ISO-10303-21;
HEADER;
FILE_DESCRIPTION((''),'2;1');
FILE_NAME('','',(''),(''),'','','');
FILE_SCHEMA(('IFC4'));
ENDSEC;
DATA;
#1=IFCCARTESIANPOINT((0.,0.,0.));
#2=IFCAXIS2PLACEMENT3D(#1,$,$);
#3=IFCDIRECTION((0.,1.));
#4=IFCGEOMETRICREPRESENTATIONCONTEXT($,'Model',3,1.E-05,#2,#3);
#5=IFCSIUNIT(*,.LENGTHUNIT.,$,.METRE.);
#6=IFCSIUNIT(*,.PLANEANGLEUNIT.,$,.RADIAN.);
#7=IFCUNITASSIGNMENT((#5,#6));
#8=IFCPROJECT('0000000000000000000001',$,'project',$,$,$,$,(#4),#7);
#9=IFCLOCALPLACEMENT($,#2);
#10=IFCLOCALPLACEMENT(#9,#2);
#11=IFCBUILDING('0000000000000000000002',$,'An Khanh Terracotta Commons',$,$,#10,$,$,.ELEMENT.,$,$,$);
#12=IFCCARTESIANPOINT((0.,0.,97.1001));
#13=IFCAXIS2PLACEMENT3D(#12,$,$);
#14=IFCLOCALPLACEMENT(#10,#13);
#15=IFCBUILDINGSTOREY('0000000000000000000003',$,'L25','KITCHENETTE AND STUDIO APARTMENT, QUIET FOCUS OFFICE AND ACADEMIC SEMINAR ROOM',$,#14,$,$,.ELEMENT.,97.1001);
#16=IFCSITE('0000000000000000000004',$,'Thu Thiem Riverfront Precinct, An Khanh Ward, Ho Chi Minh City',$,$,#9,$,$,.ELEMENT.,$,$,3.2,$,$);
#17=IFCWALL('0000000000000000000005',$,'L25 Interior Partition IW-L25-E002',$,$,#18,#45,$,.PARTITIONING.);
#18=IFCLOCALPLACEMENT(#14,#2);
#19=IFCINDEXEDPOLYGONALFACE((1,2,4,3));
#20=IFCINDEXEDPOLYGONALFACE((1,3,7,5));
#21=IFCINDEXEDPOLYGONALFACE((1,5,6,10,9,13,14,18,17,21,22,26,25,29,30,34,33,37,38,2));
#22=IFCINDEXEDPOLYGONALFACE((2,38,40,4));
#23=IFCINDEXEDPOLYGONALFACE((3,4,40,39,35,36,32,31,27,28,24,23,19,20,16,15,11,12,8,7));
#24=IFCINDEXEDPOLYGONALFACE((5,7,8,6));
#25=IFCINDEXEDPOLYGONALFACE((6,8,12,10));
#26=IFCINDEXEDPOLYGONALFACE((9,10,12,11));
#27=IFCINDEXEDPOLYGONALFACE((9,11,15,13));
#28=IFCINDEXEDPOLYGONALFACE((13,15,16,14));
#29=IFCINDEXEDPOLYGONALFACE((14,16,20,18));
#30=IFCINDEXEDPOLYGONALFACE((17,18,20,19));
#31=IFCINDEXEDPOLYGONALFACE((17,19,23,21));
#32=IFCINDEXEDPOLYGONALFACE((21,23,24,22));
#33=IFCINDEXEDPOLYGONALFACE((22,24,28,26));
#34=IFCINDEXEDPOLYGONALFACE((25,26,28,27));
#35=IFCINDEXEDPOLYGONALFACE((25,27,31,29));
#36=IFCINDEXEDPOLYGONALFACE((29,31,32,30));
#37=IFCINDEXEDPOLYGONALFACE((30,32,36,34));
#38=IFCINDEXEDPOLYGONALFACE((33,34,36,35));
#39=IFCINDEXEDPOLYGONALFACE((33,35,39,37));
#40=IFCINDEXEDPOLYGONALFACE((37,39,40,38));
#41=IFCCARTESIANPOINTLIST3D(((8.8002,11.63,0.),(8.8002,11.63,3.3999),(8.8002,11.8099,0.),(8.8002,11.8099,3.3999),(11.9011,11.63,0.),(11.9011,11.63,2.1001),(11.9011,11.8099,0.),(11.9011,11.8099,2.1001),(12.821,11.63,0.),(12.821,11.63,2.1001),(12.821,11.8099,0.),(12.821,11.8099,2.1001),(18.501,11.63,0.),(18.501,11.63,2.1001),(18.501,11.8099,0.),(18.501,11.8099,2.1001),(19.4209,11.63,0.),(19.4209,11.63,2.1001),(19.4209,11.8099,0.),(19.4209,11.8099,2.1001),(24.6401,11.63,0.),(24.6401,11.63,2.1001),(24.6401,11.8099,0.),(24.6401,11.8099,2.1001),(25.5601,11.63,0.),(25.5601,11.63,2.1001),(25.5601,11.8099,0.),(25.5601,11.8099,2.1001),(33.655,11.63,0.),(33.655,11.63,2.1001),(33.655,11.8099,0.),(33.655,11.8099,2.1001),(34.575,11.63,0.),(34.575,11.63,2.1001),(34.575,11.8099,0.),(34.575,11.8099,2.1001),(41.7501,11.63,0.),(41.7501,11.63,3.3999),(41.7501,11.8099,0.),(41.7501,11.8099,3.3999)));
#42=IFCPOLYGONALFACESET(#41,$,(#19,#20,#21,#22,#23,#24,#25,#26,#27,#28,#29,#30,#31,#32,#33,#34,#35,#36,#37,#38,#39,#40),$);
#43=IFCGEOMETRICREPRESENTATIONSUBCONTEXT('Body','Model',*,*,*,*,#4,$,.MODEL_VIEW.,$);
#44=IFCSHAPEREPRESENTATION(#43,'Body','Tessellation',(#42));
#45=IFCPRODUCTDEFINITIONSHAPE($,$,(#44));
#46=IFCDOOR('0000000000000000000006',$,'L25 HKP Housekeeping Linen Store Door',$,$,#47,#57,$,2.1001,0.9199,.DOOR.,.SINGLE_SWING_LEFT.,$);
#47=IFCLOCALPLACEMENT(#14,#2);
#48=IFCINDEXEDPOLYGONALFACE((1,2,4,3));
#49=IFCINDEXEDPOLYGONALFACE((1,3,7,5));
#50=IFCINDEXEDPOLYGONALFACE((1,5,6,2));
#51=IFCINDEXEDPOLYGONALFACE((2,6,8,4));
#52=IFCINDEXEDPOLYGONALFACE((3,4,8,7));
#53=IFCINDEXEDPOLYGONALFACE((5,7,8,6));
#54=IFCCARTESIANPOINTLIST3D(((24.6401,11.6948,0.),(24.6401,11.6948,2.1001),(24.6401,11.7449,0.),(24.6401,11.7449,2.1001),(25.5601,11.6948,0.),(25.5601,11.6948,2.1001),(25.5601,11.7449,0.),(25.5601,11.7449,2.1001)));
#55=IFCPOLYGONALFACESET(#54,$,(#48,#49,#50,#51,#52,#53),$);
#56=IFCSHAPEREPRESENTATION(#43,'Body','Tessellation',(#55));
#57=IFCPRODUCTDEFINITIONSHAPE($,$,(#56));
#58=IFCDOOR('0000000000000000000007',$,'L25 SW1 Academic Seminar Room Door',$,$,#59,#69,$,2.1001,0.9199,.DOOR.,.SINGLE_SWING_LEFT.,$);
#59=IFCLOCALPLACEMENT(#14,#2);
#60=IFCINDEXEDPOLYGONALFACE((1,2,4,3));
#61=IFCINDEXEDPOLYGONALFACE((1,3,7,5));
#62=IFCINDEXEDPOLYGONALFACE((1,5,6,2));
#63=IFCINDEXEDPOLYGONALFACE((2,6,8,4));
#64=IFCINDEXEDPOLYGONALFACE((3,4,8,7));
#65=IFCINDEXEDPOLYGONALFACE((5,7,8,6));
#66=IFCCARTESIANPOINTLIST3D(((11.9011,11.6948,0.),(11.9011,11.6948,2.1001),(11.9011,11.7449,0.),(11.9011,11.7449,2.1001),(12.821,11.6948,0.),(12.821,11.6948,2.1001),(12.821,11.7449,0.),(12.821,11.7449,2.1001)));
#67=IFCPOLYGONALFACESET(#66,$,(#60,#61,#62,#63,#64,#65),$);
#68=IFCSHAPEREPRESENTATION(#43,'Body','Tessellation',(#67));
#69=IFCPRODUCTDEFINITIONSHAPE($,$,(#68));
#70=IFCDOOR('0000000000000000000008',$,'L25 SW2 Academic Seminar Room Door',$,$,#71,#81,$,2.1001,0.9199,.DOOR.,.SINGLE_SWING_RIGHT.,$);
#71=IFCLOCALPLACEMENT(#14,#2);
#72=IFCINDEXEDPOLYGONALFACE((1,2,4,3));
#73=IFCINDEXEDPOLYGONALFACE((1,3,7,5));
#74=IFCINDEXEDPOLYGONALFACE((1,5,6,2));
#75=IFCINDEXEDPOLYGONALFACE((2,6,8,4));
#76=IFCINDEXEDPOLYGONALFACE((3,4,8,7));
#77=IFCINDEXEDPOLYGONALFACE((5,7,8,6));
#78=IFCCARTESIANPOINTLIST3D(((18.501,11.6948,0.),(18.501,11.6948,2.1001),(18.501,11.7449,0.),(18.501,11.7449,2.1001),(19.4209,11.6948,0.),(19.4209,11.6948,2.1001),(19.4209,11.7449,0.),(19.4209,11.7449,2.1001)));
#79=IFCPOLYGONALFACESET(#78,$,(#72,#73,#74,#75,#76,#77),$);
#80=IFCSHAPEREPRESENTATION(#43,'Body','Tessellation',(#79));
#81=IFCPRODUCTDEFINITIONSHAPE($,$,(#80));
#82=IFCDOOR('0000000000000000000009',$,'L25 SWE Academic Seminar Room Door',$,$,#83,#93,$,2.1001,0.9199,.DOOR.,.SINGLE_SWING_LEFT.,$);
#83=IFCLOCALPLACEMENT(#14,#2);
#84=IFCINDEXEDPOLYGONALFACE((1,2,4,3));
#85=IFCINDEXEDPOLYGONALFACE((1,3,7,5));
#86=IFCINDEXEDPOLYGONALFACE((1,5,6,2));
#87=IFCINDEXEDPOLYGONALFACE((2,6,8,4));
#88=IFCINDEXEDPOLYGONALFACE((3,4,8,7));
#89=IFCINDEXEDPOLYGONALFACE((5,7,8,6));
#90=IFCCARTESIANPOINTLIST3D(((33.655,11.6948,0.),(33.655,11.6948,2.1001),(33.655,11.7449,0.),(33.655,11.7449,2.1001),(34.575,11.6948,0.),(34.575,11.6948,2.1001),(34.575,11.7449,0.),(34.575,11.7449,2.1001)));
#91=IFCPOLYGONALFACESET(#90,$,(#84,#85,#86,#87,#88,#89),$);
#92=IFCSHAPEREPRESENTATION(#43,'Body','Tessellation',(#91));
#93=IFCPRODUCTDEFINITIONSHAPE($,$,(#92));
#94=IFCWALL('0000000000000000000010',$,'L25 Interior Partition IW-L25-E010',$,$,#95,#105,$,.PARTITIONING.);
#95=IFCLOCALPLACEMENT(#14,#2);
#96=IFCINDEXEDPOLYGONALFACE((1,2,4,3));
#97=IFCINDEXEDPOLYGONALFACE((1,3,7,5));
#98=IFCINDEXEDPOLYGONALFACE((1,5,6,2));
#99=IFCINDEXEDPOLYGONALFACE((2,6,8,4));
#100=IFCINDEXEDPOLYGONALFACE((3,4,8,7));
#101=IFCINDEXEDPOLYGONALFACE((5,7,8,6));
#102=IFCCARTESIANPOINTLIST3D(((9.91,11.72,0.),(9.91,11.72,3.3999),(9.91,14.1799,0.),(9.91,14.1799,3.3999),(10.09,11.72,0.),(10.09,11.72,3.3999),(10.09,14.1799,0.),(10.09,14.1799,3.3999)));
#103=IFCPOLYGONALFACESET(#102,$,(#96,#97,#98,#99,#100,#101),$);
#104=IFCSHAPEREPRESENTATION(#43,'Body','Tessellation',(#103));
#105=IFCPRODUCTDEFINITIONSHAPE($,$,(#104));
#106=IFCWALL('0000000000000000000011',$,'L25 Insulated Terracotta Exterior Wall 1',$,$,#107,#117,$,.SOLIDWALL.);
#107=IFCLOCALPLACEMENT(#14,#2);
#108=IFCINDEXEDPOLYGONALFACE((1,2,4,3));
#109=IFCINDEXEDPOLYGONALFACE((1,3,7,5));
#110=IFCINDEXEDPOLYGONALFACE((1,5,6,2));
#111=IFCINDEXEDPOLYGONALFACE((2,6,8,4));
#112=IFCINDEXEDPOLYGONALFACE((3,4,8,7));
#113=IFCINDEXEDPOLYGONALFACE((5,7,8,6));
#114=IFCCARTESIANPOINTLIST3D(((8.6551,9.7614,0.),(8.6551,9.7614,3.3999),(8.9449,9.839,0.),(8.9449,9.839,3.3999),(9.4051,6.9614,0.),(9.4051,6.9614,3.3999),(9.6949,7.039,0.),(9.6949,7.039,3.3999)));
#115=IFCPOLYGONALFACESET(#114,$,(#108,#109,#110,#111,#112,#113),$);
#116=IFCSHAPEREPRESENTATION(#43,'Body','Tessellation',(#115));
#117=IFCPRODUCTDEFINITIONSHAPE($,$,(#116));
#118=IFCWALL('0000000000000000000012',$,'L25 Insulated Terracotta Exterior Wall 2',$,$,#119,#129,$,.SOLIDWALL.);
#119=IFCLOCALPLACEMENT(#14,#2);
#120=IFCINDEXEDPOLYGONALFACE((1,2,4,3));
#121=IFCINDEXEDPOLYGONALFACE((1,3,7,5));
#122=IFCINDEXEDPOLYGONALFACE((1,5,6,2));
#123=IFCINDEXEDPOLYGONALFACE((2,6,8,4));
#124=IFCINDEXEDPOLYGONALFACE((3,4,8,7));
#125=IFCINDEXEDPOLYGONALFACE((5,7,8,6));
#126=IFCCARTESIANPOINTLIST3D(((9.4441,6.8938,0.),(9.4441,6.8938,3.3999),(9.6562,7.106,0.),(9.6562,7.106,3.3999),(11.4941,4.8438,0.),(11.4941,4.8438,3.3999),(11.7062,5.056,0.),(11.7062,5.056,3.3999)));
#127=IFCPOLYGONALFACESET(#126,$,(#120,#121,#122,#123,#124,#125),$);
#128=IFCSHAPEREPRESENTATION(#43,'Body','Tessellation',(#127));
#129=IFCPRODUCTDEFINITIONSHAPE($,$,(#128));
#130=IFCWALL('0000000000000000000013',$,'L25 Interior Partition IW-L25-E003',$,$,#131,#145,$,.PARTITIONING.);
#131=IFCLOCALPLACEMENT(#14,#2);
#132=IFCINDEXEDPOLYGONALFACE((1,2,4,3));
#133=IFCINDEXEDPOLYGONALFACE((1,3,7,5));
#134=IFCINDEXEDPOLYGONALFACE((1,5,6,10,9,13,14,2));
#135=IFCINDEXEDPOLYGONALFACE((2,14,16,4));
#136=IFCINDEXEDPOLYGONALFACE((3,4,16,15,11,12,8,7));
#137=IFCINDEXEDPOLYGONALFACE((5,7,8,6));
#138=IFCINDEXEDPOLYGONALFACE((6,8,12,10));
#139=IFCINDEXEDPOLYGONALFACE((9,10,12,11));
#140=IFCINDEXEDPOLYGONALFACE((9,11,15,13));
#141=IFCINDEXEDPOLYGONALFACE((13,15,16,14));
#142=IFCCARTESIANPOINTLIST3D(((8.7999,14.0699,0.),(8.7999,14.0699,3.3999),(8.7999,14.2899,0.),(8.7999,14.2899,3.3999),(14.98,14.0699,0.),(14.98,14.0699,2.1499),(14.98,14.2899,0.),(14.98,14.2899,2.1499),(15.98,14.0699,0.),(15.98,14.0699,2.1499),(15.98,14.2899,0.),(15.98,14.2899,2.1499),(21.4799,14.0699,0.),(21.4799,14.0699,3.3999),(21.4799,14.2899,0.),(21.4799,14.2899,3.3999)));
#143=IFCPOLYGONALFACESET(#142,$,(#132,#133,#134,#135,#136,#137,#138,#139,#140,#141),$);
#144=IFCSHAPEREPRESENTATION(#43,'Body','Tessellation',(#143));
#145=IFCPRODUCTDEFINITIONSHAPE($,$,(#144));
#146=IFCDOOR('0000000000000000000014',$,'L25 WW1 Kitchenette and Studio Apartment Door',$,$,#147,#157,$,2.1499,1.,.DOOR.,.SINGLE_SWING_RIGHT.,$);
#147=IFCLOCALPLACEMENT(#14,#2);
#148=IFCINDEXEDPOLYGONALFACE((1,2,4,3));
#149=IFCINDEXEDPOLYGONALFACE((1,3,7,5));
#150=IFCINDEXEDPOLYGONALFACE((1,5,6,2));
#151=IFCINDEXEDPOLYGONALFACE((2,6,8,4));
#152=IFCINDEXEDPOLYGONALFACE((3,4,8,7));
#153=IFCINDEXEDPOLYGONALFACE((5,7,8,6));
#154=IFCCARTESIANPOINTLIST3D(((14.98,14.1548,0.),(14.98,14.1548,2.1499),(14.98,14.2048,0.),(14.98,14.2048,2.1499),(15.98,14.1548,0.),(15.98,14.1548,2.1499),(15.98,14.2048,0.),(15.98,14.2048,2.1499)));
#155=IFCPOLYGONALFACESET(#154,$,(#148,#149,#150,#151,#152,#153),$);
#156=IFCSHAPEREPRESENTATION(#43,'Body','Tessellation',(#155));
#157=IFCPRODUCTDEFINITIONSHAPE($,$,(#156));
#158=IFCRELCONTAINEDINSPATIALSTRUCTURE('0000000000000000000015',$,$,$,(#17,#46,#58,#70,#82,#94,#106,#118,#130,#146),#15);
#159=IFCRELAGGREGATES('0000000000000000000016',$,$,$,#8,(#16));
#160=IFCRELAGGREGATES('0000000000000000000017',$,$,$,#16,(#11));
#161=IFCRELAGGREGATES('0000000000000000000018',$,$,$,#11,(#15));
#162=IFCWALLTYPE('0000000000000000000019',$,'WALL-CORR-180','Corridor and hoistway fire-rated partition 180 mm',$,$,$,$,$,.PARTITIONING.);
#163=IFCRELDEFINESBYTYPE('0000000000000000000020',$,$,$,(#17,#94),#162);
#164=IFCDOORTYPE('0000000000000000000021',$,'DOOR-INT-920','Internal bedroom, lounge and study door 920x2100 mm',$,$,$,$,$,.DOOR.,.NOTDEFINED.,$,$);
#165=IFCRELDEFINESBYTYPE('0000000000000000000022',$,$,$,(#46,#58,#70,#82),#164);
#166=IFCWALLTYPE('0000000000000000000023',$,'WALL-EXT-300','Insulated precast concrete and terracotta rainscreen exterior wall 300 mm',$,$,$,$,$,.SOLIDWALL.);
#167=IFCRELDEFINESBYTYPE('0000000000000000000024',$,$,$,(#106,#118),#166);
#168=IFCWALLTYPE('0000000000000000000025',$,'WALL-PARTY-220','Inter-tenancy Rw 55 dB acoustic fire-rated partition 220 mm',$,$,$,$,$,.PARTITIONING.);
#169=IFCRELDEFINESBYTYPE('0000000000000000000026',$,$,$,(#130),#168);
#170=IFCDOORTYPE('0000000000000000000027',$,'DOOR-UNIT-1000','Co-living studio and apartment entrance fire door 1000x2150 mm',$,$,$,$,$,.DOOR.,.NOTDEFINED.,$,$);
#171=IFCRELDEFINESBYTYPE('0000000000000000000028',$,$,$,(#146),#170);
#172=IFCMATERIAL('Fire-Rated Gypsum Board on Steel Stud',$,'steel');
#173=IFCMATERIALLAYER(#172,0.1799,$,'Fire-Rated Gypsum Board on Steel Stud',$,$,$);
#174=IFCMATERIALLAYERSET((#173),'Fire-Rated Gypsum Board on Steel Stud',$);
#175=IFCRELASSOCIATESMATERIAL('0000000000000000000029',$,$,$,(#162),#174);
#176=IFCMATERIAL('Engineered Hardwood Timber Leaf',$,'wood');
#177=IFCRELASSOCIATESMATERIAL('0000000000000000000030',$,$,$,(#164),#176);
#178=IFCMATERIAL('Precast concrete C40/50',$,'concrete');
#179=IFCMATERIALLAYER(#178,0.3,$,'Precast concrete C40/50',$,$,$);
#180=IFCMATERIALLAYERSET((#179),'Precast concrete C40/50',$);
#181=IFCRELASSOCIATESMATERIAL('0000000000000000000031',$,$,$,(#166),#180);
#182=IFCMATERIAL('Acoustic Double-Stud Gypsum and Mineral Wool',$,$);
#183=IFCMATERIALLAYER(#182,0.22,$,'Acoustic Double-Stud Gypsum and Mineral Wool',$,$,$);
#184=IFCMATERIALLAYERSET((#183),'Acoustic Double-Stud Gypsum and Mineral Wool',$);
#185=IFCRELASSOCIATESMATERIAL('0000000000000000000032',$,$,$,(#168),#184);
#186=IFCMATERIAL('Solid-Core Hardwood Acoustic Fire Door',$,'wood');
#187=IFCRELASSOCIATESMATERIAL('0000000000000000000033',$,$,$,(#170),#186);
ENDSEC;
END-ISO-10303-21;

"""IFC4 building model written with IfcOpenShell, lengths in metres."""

from ifc_helpers import new_model, si_unit, direction, frame, frame_2d, origin, place, context, subcontext, project, spatial, rectangle, extrude, material, layer, layer_set, type_object, element, fill, save


model = new_model("IFC4")

# Units and contexts
model_context = context("Model", 3, precision=1e-05, world=origin(), true_north=direction((0.0, 1.0)))
body_context = subcontext(model_context, "Body", "Model", "MODEL_VIEW")
ifc_project = project(units=[si_unit("LENGTHUNIT", "METRE"), si_unit("PLANEANGLEUNIT", "RADIAN")], contexts=[model_context])

# Site, building, storey
site_placement = place(None, origin())
site = spatial("IfcSite", under=ifc_project, at=site_placement, Name="Thu Thiem Riverfront Precinct, An Khanh Ward, Ho Chi Minh City", CompositionType="ELEMENT", RefElevation=3.2)
building_placement = place(site_placement, origin())
building = spatial("IfcBuilding", under=site, at=building_placement, Name="An Khanh Terracotta Commons", CompositionType="ELEMENT")
storey_placement = place(building_placement, frame((0.0, 0.0, 97.1001)))
storey = spatial("IfcBuildingStorey", under=building, at=storey_placement, Name="L25", Description="KITCHENETTE AND STUDIO APARTMENT, QUIET FOCUS OFFICE AND ACADEMIC SEMINAR ROOM", CompositionType="ELEMENT", Elevation=97.1001)

# Shared definitions
ifc_material_1 = material(Name="Precast concrete C40/50", Category="concrete")

# Wall, openings, doors
ifc_material_2 = material(Name="Fire-Rated Gypsum Board on Steel Stud", Category="steel")
ifc_layer_1 = layer(ifc_material_2, 0.1799, Name="Fire-Rated Gypsum Board on Steel Stud")
ifc_layer_set_1 = layer_set([ifc_layer_1], Name="Fire-Rated Gypsum Board on Steel Stud")
wall_type_1 = type_object("IfcWallType", Name="WALL-CORR-180", Description="Corridor and hoistway fire-rated partition 180 mm", PredefinedType="PARTITIONING", material=ifc_layer_set_1)
wall_1_placement = place(storey_placement, frame((8.8, 11.72, 0.0), z_axis=(0.0, 0.0, 1.0), x_axis=(1.0, 0.0, 0.0)))
wall_1 = element("IfcWall", 1, at=wall_1_placement, inside=storey, type_object=wall_type_1, Name="L25 Interior Partition IW-L25-E002", PredefinedType="PARTITIONING", context=body_context, shape_type="SweptSolid", body=[
    extrude(rectangle(XDim=32.95, YDim=0.1799, at=frame_2d((16.4751, 0.0))), origin(), (0.0, 0.0, 1.0), 3.3999),
])
opening_1_placement = place(wall_1_placement, frame((15.8401, 0.0, 0.0)))
opening_1 = element("IfcOpeningElement", 2, at=opening_1_placement, cuts=wall_1, PredefinedType="OPENING", context=body_context, shape_type="SweptSolid", body=[
    extrude(rectangle(XDim=0.9199, YDim=2.1001, at=frame_2d((0.46, 1.05))), frame((0.0, 0.0999, 0.0), z_axis=(0.0, -1.0, 0.0), x_axis=(1.0, 0.0, 0.0)), (0.0, 0.0, 1.0), 0.2),
])
opening_2_placement = place(wall_1_placement, frame((3.1011, 0.0, 0.0)))
opening_2 = element("IfcOpeningElement", 3, at=opening_2_placement, cuts=wall_1, PredefinedType="OPENING", context=body_context, shape_type="SweptSolid", body=[
    extrude(rectangle(XDim=0.9199, YDim=2.1001, at=frame_2d((0.46, 1.05))), frame((0.0, 0.0999, 0.0), z_axis=(0.0, -1.0, 0.0), x_axis=(1.0, 0.0, 0.0)), (0.0, 0.0, 1.0), 0.2),
])
opening_3_placement = place(wall_1_placement, frame((9.7009, 0.0, 0.0)))
opening_3 = element("IfcOpeningElement", 4, at=opening_3_placement, cuts=wall_1, PredefinedType="OPENING", context=body_context, shape_type="SweptSolid", body=[
    extrude(rectangle(XDim=0.9199, YDim=2.1001, at=frame_2d((0.46, 1.05))), frame((0.0, 0.0999, 0.0), z_axis=(0.0, -1.0, 0.0), x_axis=(1.0, 0.0, 0.0)), (0.0, 0.0, 1.0), 0.2),
])
opening_4_placement = place(wall_1_placement, frame((24.855, 0.0, 0.0)))
opening_4 = element("IfcOpeningElement", 5, at=opening_4_placement, cuts=wall_1, PredefinedType="OPENING", context=body_context, shape_type="SweptSolid", body=[
    extrude(rectangle(XDim=0.9199, YDim=2.1001, at=frame_2d((0.46, 1.05))), frame((0.0, 0.0999, 0.0), z_axis=(0.0, -1.0, 0.0), x_axis=(1.0, 0.0, 0.0)), (0.0, 0.0, 1.0), 0.2),
])
ifc_material_3 = material(Name="Engineered Hardwood Timber Leaf", Category="wood")
door_type_1 = type_object("IfcDoorType", Name="DOOR-INT-920", Description="Internal bedroom, lounge and study door 920x2100 mm", OperationType="NOTDEFINED", PredefinedType="DOOR", material=ifc_material_3)
door_1_placement = place(opening_1_placement, origin())
door_1 = element("IfcDoor", 6, at=door_1_placement, inside=storey, type_object=door_type_1, Name="L25 HKP Housekeeping Linen Store Door", OperationType="SINGLE_SWING_LEFT", OverallHeight=2.1001, OverallWidth=0.9199, PredefinedType="DOOR", context=body_context, shape_type="SweptSolid", body=[
    extrude(rectangle(XDim=0.9199, YDim=2.1001, at=frame_2d((0.46, 1.05))), frame((0.0, 0.0249, 0.0), z_axis=(0.0, -1.0, 0.0), x_axis=(1.0, 0.0, 0.0)), (0.0, 0.0, 1.0), 0.05),
])
fill(opening_1, door_1)
door_2_placement = place(opening_2_placement, origin())
door_2 = element("IfcDoor", 7, at=door_2_placement, inside=storey, type_object=door_type_1, Name="L25 SW1 Academic Seminar Room Door", OperationType="SINGLE_SWING_LEFT", OverallHeight=2.1001, OverallWidth=0.9199, PredefinedType="DOOR", context=body_context, shape_type="SweptSolid", body=[
    extrude(rectangle(XDim=0.9199, YDim=2.1001, at=frame_2d((0.46, 1.05))), frame((0.0, 0.0249, 0.0), z_axis=(0.0, -1.0, 0.0), x_axis=(1.0, 0.0, 0.0)), (0.0, 0.0, 1.0), 0.05),
])
fill(opening_2, door_2)
door_3_placement = place(opening_3_placement, origin())
door_3 = element("IfcDoor", 8, at=door_3_placement, inside=storey, type_object=door_type_1, Name="L25 SW2 Academic Seminar Room Door", OperationType="SINGLE_SWING_RIGHT", OverallHeight=2.1001, OverallWidth=0.9199, PredefinedType="DOOR", context=body_context, shape_type="SweptSolid", body=[
    extrude(rectangle(XDim=0.9199, YDim=2.1001, at=frame_2d((0.46, 1.05))), frame((0.0, 0.0249, 0.0), z_axis=(0.0, -1.0, 0.0), x_axis=(1.0, 0.0, 0.0)), (0.0, 0.0, 1.0), 0.05),
])
fill(opening_3, door_3)
door_4_placement = place(opening_4_placement, origin())
door_4 = element("IfcDoor", 9, at=door_4_placement, inside=storey, type_object=door_type_1, Name="L25 SWE Academic Seminar Room Door", OperationType="SINGLE_SWING_LEFT", OverallHeight=2.1001, OverallWidth=0.9199, PredefinedType="DOOR", context=body_context, shape_type="SweptSolid", body=[
    extrude(rectangle(XDim=0.9199, YDim=2.1001, at=frame_2d((0.46, 1.05))), frame((0.0, 0.0249, 0.0), z_axis=(0.0, -1.0, 0.0), x_axis=(1.0, 0.0, 0.0)), (0.0, 0.0, 1.0), 0.05),
])
fill(opening_4, door_4)

# Walls
wall_2_placement = place(storey_placement, frame((10.0, 11.72, 0.0), z_axis=(0.0, 0.0, 1.0), x_axis=(0.0, 1.0, 0.0)))
element("IfcWall", 10, at=wall_2_placement, inside=storey, type_object=wall_type_1, Name="L25 Interior Partition IW-L25-E010", PredefinedType="PARTITIONING", context=body_context, shape_type="SweptSolid", body=[
    extrude(rectangle(XDim=2.46, YDim=0.1799, at=frame_2d((1.23, 0.0))), origin(), (0.0, 0.0, 1.0), 3.3999),
])
ifc_layer_2 = layer(ifc_material_1, 0.3, Name="Precast concrete C40/50")
ifc_layer_set_2 = layer_set([ifc_layer_2], Name="Precast concrete C40/50")
wall_type_2 = type_object("IfcWallType", Name="WALL-EXT-300", Description="Insulated precast concrete and terracotta rainscreen exterior wall 300 mm", PredefinedType="SOLIDWALL", material=ifc_layer_set_2)
wall_3_placement = place(storey_placement, frame((8.8, 9.8, 0.0), z_axis=(0.0, 0.0, 1.0), x_axis=(0.258732, -0.965949, 0.0)))
element("IfcWall", 11, at=wall_3_placement, inside=storey, type_object=wall_type_2, Name="L25 Insulated Terracotta Exterior Wall 1", PredefinedType="SOLIDWALL", context=body_context, shape_type="SweptSolid", body=[
    extrude(rectangle(XDim=2.8987, YDim=0.3, at=frame_2d((1.4492, 0.0))), origin(), (0.0, 0.0, 1.0), 3.3999),
])
wall_4_placement = place(storey_placement, frame((9.55, 7.0, 0.0), z_axis=(0.0, 0.0, 1.0), x_axis=(0.707107, -0.707107, 0.0)))
element("IfcWall", 12, at=wall_4_placement, inside=storey, type_object=wall_type_2, Name="L25 Insulated Terracotta Exterior Wall 2", PredefinedType="SOLIDWALL", context=body_context, shape_type="SweptSolid", body=[
    extrude(rectangle(XDim=2.8992, YDim=0.3, at=frame_2d((1.4497, 0.0))), origin(), (0.0, 0.0, 1.0), 3.3999),
])

# Wall, opening, door
ifc_material_4 = material(Name="Acoustic Double-Stud Gypsum and Mineral Wool")
ifc_layer_3 = layer(ifc_material_4, 0.22, Name="Acoustic Double-Stud Gypsum and Mineral Wool")
ifc_layer_set_3 = layer_set([ifc_layer_3], Name="Acoustic Double-Stud Gypsum and Mineral Wool")
wall_type_3 = type_object("IfcWallType", Name="WALL-PARTY-220", Description="Inter-tenancy Rw 55 dB acoustic fire-rated partition 220 mm", PredefinedType="PARTITIONING", material=ifc_layer_set_3)
wall_5_placement = place(storey_placement, frame((8.8, 14.1799, 0.0), z_axis=(0.0, 0.0, 1.0), x_axis=(1.0, 0.0, 0.0)))
wall_5 = element("IfcWall", 13, at=wall_5_placement, inside=storey, type_object=wall_type_3, Name="L25 Interior Partition IW-L25-E003", PredefinedType="PARTITIONING", context=body_context, shape_type="SweptSolid", body=[
    extrude(rectangle(XDim=12.6799, YDim=0.22, at=frame_2d((6.3398, 0.0))), origin(), (0.0, 0.0, 1.0), 3.3999),
])
opening_5_placement = place(wall_5_placement, frame((6.1799, 0.0, 0.0)))
opening_5 = element("IfcOpeningElement", 14, at=opening_5_placement, cuts=wall_5, PredefinedType="OPENING", context=body_context, shape_type="SweptSolid", body=[
    extrude(rectangle(XDim=1.0, YDim=2.1499, at=frame_2d((0.5, 1.075))), frame((0.0, 0.1199, 0.0), z_axis=(0.0, -1.0, 0.0), x_axis=(1.0, 0.0, 0.0)), (0.0, 0.0, 1.0), 0.24),
])
ifc_material_5 = material(Name="Solid-Core Hardwood Acoustic Fire Door", Category="wood")
door_type_2 = type_object("IfcDoorType", Name="DOOR-UNIT-1000", Description="Co-living studio and apartment entrance fire door 1000x2150 mm", OperationType="NOTDEFINED", PredefinedType="DOOR", material=ifc_material_5)
door_5_placement = place(opening_5_placement, origin())
door_5 = element("IfcDoor", 15, at=door_5_placement, inside=storey, type_object=door_type_2, Name="L25 WW1 Kitchenette and Studio Apartment Door", OperationType="SINGLE_SWING_RIGHT", OverallHeight=2.1499, OverallWidth=1.0, PredefinedType="DOOR", context=body_context, shape_type="SweptSolid", body=[
    extrude(rectangle(XDim=1.0, YDim=2.1499, at=frame_2d((0.5, 1.075))), frame((0.0, 0.0249, 0.0), z_axis=(0.0, -1.0, 0.0), x_axis=(1.0, 0.0, 0.0)), (0.0, 0.0, 1.0), 0.05),
])
fill(opening_5, door_5)

save(model, "model.ifc")
